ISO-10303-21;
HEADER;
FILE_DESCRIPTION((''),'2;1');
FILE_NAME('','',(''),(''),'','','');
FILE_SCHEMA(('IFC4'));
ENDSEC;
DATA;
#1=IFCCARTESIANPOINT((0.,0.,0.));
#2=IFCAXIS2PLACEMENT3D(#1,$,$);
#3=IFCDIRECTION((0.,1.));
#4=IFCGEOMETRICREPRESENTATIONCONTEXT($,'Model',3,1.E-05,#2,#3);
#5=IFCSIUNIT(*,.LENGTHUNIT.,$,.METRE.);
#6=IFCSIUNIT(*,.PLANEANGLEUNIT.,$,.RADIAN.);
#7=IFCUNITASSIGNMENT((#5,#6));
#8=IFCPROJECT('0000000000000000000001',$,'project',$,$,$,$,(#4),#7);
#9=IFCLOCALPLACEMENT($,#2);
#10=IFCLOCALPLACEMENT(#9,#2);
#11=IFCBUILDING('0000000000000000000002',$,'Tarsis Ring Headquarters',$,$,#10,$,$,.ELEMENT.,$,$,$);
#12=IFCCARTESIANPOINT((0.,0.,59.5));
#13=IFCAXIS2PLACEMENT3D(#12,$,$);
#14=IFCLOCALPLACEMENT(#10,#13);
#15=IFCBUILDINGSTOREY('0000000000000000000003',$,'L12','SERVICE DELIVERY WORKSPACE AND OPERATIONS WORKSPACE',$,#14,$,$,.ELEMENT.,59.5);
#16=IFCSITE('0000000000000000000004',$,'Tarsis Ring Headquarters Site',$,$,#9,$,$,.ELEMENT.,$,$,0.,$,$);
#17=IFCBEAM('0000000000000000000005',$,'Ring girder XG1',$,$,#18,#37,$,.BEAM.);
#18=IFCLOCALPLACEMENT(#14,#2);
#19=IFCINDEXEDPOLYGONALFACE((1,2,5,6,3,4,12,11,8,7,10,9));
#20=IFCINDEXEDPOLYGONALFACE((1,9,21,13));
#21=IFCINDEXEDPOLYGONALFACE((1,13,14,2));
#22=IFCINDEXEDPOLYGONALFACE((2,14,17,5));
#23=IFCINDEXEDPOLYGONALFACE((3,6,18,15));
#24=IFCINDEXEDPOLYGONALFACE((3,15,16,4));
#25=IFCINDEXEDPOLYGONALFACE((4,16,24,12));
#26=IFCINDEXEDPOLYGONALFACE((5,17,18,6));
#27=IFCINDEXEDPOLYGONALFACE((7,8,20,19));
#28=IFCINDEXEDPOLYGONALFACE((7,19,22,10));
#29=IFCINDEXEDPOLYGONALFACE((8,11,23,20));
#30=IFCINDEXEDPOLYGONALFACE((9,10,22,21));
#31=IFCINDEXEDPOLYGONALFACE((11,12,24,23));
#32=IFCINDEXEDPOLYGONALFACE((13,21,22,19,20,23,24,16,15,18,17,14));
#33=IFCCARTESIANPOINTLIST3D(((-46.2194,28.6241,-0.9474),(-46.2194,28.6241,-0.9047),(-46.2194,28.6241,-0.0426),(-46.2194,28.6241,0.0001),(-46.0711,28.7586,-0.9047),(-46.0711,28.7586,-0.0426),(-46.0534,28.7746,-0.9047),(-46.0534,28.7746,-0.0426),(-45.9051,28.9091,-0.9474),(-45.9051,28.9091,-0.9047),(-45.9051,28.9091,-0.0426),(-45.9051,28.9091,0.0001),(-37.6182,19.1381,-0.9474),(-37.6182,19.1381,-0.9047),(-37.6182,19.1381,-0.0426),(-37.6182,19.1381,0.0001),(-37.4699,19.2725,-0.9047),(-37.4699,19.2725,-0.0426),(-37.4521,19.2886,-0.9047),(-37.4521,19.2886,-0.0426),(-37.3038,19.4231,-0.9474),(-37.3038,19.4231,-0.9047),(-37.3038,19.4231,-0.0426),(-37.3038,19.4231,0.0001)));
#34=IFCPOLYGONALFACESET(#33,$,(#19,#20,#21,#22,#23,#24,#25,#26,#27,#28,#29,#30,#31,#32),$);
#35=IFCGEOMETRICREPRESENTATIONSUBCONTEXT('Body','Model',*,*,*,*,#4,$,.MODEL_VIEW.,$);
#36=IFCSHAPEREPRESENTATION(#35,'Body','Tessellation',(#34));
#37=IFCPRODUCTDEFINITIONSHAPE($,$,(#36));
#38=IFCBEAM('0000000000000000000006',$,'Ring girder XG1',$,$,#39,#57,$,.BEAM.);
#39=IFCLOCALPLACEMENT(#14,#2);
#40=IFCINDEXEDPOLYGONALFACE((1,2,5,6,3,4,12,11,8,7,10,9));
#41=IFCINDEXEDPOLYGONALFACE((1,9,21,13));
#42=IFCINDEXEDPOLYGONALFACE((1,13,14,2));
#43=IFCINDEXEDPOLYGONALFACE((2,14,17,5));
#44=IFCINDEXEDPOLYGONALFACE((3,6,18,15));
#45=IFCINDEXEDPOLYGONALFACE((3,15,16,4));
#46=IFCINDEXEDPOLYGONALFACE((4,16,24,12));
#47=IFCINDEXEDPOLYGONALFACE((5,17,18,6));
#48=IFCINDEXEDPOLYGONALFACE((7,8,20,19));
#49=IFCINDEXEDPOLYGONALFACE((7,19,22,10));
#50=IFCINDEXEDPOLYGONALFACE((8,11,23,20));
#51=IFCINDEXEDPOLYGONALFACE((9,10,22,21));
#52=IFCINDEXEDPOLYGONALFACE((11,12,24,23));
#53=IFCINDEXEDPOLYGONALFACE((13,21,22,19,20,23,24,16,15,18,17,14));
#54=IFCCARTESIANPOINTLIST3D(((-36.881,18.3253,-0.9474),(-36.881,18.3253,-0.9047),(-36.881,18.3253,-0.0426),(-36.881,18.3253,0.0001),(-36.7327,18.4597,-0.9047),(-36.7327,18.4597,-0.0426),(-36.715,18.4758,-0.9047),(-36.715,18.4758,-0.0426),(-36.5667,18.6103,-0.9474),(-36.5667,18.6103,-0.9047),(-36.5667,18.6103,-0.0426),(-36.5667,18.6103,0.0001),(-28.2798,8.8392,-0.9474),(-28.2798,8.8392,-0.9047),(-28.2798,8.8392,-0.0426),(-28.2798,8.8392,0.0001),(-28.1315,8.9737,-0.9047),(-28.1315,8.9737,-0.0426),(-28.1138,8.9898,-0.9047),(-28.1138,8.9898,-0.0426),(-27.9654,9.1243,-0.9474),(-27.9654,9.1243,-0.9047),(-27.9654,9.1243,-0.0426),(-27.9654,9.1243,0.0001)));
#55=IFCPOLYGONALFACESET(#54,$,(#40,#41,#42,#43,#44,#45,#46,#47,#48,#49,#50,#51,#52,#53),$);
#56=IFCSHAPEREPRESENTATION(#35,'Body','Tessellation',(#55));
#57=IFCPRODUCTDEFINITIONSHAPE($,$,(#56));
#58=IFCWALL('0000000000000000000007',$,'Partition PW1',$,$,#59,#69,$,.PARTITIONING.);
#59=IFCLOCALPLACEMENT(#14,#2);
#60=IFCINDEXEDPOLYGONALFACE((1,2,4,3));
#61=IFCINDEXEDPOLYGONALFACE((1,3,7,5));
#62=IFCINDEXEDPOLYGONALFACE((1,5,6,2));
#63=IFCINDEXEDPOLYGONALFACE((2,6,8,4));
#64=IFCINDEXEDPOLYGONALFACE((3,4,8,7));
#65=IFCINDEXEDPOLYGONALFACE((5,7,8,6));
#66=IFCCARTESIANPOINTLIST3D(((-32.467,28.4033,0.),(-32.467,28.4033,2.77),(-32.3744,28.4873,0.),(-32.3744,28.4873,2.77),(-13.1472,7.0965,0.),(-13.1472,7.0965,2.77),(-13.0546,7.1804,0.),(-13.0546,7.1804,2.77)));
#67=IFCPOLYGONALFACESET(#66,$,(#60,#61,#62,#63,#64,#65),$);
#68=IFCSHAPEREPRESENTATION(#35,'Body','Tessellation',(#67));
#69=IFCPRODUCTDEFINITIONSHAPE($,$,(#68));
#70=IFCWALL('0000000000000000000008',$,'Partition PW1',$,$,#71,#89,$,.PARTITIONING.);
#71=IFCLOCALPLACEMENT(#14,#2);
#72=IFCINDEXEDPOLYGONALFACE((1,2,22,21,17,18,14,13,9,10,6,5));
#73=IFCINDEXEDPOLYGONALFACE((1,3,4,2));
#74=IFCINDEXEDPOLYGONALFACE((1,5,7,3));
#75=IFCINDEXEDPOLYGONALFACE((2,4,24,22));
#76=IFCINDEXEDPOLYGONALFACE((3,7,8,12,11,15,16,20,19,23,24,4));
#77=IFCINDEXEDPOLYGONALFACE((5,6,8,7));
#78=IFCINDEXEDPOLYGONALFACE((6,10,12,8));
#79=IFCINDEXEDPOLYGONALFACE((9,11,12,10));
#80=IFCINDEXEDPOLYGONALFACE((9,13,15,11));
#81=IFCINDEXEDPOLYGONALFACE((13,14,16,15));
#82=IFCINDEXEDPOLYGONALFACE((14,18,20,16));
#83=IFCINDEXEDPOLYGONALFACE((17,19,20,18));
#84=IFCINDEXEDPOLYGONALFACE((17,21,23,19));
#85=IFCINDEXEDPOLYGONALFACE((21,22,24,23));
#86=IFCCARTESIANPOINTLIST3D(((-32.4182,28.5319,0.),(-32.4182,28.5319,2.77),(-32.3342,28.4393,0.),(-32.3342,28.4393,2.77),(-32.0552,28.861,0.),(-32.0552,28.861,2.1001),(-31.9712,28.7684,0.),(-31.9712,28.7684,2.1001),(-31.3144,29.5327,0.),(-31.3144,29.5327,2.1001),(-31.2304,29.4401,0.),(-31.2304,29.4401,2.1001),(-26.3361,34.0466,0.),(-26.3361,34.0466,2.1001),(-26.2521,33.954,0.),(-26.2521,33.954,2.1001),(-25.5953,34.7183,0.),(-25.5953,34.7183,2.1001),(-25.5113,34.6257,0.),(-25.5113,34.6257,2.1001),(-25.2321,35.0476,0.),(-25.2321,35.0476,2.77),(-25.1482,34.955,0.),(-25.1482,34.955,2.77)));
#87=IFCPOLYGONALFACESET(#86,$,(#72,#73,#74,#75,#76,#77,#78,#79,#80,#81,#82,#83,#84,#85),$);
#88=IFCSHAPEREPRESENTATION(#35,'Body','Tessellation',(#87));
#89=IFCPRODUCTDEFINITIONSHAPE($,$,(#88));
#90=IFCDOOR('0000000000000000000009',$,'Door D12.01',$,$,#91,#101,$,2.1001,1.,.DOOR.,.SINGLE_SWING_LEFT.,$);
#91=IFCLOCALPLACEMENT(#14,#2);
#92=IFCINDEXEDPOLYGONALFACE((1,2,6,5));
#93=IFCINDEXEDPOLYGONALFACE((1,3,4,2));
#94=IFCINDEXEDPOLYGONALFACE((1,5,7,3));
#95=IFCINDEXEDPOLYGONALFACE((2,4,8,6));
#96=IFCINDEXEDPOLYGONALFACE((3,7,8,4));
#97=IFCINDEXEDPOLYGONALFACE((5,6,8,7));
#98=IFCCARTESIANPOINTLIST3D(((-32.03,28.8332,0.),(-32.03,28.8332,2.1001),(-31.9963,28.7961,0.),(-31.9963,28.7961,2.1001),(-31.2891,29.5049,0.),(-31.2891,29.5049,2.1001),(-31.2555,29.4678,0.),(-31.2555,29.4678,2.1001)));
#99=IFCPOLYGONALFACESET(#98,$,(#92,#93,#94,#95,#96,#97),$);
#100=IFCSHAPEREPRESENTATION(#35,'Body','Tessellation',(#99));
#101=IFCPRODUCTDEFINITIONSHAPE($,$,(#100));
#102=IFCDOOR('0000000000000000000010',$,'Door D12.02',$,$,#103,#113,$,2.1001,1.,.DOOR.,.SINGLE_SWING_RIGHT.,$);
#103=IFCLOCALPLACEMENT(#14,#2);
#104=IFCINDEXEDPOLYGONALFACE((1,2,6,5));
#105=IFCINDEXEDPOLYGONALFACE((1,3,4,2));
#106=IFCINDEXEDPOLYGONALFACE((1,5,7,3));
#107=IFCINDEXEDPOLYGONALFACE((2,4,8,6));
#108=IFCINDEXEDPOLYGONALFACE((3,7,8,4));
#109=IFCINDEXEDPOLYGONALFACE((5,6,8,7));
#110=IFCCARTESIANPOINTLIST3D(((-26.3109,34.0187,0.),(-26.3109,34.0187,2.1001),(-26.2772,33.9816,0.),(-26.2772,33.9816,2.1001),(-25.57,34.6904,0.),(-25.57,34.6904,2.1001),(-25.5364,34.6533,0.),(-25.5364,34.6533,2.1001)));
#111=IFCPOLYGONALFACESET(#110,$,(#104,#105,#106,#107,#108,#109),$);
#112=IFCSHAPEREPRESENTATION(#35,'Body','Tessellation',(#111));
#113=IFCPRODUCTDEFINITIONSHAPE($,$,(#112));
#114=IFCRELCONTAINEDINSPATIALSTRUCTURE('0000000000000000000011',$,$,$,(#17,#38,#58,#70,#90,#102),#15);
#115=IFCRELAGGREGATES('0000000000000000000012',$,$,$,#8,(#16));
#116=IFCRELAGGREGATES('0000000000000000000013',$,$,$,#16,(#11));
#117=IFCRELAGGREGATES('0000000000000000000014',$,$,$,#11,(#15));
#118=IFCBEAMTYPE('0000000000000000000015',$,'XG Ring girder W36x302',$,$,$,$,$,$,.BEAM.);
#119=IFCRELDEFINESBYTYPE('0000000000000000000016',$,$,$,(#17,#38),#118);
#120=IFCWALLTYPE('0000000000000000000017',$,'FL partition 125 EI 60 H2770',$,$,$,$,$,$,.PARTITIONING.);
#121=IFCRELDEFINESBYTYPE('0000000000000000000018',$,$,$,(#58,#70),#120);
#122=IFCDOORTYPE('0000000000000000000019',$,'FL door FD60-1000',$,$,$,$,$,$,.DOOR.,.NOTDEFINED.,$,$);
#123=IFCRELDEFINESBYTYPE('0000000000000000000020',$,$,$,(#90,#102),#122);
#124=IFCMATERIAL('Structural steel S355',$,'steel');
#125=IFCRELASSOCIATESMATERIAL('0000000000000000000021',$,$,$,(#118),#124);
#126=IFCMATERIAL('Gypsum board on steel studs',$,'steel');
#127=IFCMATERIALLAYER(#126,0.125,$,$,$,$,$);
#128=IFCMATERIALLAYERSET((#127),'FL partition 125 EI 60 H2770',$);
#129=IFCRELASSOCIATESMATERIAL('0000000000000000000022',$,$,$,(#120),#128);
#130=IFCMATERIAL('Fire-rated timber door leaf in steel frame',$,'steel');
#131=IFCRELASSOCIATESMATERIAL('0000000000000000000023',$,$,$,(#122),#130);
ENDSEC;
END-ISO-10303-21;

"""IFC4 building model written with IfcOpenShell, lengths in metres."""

from ifc_helpers import new_model, si_unit, direction, frame, frame_2d, origin, origin_2d, place, context, subcontext, project, spatial, rectangle, i_section, extrude, material, layer, layer_set, material_profile, profile_set, type_object, element, fill, save


model = new_model("IFC4")

# Units and contexts
model_context = context("Model", 3, precision=1e-05, world=origin(), true_north=direction((0.0, 1.0)))
body_context = subcontext(model_context, "Body", "Model", "MODEL_VIEW")
ifc_project = project(units=[si_unit("LENGTHUNIT", "METRE"), si_unit("PLANEANGLEUNIT", "RADIAN")], contexts=[model_context])

# Site, building, storey
site_placement = place(None, origin())
site = spatial("IfcSite", under=ifc_project, at=site_placement, Name="Tarsis Ring Headquarters Site", CompositionType="ELEMENT", RefElevation=0.0)
building_placement = place(site_placement, origin())
building = spatial("IfcBuilding", under=site, at=building_placement, Name="Tarsis Ring Headquarters", CompositionType="ELEMENT")
storey_placement = place(building_placement, frame((0.0, 0.0, 59.5)))
storey = spatial("IfcBuildingStorey", under=building, at=storey_placement, Name="L12", Description="SERVICE DELIVERY WORKSPACE AND OPERATIONS WORKSPACE", CompositionType="ELEMENT", Elevation=59.5)

# Beams
ifc_material_1 = material(Name="Structural steel S355", Category="steel")
ifc_material_profile_1 = material_profile(ifc_material_1, i_section(OverallWidth=0.4243, OverallDepth=0.9475, WebThickness=0.0239, FlangeThickness=0.0427, at=origin_2d()), Name="W36x302")
ifc_profile_set_1 = profile_set([ifc_material_profile_1], Name="Structural steel S355")
beam_type = type_object("IfcBeamType", Name="XG Ring girder W36x302", PredefinedType="BEAM", material=ifc_profile_set_1)
for number, where, z_axis, x_axis, name in (
    (1, (-46.0623, 28.7666, -0.4736), (0.671715, -0.74081, 0.0), (0.74081, 0.671715, 0.0), "Ring girder XG1"),
    (2, (-36.7239, 18.4678, -0.4736), (0.671715, -0.74081, 0.0), (0.74081, 0.671715, 0.0), "Ring girder XG1"),
):
    element("IfcBeam", number, at=place(storey_placement, frame(where, z_axis=z_axis, x_axis=x_axis)), inside=storey, type_object=beam_type, Name=name, PredefinedType="BEAM", context=body_context, shape_type="SweptSolid", body=[
        extrude(i_section(OverallWidth=0.4243, OverallDepth=0.9475, WebThickness=0.0239, FlangeThickness=0.0427, at=origin_2d()), origin(), (0.0, 0.0, 1.0), 12.8049),
    ])

# Wall
ifc_material_2 = material(Name="Gypsum board on steel studs", Category="steel")
ifc_layer_1 = layer(ifc_material_2, 0.125)
ifc_layer_set_1 = layer_set([ifc_layer_1], Name="FL partition 125 EI 60 H2770")
wall_type_1 = type_object("IfcWallType", Name="FL partition 125 EI 60 H2770", PredefinedType="PARTITIONING", material=ifc_layer_set_1)
wall_1_placement = place(storey_placement, frame((-32.4207, 28.4453, 0.0), z_axis=(0.0, 0.0, 1.0), x_axis=(0.671719, -0.740806, 0.0)))
element("IfcWall", 3, at=wall_1_placement, inside=storey, type_object=wall_type_1, Name="Partition PW1", PredefinedType="PARTITIONING", context=body_context, shape_type="SweptSolid", body=[
    extrude(rectangle(XDim=28.7617, YDim=0.125, at=frame_2d((14.3809, 0.0))), origin(), (0.0, 0.0, 1.0), 2.77),
])

# Wall, openings, doors
wall_2_placement = place(storey_placement, frame((-32.3762, 28.4856, 0.0), z_axis=(0.0, 0.0, 1.0), x_axis=(0.740819, 0.671705, 0.0)))
wall_2 = element("IfcWall", 4, at=wall_2_placement, inside=storey, type_object=wall_type_1, Name="Partition PW1", PredefinedType="PARTITIONING", context=body_context, shape_type="SweptSolid", body=[
    extrude(rectangle(XDim=9.7002, YDim=0.125, at=frame_2d((4.8501, 0.0))), origin(), (0.0, 0.0, 1.0), 2.77),
])
opening_1_placement = place(wall_2_placement, frame((0.49, 0.0, 0.0)))
opening_1 = element("IfcOpeningElement", 5, at=opening_1_placement, cuts=wall_2, PredefinedType="OPENING", context=body_context, shape_type="SweptSolid", body=[
    extrude(rectangle(XDim=1.0, YDim=2.1001, at=frame_2d((0.5, 1.05))), frame((0.0, 0.0725, 0.0), z_axis=(0.0, -1.0, 0.0), x_axis=(1.0, 0.0, 0.0)), (0.0, 0.0, 1.0), 0.145),
])
opening_2_placement = place(wall_2_placement, frame((8.21, 0.0, 0.0)))
opening_2 = element("IfcOpeningElement", 6, at=opening_2_placement, cuts=wall_2, PredefinedType="OPENING", context=body_context, shape_type="SweptSolid", body=[
    extrude(rectangle(XDim=1.0, YDim=2.1001, at=frame_2d((0.5, 1.05))), frame((0.0, 0.0725, 0.0), z_axis=(0.0, -1.0, 0.0), x_axis=(1.0, 0.0, 0.0)), (0.0, 0.0, 1.0), 0.145),
])
ifc_material_3 = material(Name="Fire-rated timber door leaf in steel frame", Category="steel")
door_type = type_object("IfcDoorType", Name="FL door FD60-1000", OperationType="NOTDEFINED", PredefinedType="DOOR", material=ifc_material_3)
door_1_placement = place(opening_1_placement, origin())
door_1 = element("IfcDoor", 7, at=door_1_placement, inside=storey, type_object=door_type, Name="Door D12.01", OperationType="SINGLE_SWING_LEFT", OverallHeight=2.1001, OverallWidth=1.0, PredefinedType="DOOR", context=body_context, shape_type="SweptSolid", body=[
    extrude(rectangle(XDim=1.0, YDim=2.1001, at=frame_2d((0.5, 1.05))), frame((0.0, 0.0249, 0.0), z_axis=(0.0, -1.0, 0.0), x_axis=(1.0, 0.0, 0.0)), (0.0, 0.0, 1.0), 0.05),
])
fill(opening_1, door_1)
door_2_placement = place(opening_2_placement, origin())
door_2 = element("IfcDoor", 8, at=door_2_placement, inside=storey, type_object=door_type, Name="Door D12.02", OperationType="SINGLE_SWING_RIGHT", OverallHeight=2.1001, OverallWidth=1.0, PredefinedType="DOOR", context=body_context, shape_type="SweptSolid", body=[
    extrude(rectangle(XDim=1.0, YDim=2.1001, at=frame_2d((0.5, 1.05))), frame((0.0, 0.0249, 0.0), z_axis=(0.0, -1.0, 0.0), x_axis=(1.0, 0.0, 0.0)), (0.0, 0.0, 1.0), 0.05),
])
fill(opening_2, door_2)

save(model, "model.ifc")
